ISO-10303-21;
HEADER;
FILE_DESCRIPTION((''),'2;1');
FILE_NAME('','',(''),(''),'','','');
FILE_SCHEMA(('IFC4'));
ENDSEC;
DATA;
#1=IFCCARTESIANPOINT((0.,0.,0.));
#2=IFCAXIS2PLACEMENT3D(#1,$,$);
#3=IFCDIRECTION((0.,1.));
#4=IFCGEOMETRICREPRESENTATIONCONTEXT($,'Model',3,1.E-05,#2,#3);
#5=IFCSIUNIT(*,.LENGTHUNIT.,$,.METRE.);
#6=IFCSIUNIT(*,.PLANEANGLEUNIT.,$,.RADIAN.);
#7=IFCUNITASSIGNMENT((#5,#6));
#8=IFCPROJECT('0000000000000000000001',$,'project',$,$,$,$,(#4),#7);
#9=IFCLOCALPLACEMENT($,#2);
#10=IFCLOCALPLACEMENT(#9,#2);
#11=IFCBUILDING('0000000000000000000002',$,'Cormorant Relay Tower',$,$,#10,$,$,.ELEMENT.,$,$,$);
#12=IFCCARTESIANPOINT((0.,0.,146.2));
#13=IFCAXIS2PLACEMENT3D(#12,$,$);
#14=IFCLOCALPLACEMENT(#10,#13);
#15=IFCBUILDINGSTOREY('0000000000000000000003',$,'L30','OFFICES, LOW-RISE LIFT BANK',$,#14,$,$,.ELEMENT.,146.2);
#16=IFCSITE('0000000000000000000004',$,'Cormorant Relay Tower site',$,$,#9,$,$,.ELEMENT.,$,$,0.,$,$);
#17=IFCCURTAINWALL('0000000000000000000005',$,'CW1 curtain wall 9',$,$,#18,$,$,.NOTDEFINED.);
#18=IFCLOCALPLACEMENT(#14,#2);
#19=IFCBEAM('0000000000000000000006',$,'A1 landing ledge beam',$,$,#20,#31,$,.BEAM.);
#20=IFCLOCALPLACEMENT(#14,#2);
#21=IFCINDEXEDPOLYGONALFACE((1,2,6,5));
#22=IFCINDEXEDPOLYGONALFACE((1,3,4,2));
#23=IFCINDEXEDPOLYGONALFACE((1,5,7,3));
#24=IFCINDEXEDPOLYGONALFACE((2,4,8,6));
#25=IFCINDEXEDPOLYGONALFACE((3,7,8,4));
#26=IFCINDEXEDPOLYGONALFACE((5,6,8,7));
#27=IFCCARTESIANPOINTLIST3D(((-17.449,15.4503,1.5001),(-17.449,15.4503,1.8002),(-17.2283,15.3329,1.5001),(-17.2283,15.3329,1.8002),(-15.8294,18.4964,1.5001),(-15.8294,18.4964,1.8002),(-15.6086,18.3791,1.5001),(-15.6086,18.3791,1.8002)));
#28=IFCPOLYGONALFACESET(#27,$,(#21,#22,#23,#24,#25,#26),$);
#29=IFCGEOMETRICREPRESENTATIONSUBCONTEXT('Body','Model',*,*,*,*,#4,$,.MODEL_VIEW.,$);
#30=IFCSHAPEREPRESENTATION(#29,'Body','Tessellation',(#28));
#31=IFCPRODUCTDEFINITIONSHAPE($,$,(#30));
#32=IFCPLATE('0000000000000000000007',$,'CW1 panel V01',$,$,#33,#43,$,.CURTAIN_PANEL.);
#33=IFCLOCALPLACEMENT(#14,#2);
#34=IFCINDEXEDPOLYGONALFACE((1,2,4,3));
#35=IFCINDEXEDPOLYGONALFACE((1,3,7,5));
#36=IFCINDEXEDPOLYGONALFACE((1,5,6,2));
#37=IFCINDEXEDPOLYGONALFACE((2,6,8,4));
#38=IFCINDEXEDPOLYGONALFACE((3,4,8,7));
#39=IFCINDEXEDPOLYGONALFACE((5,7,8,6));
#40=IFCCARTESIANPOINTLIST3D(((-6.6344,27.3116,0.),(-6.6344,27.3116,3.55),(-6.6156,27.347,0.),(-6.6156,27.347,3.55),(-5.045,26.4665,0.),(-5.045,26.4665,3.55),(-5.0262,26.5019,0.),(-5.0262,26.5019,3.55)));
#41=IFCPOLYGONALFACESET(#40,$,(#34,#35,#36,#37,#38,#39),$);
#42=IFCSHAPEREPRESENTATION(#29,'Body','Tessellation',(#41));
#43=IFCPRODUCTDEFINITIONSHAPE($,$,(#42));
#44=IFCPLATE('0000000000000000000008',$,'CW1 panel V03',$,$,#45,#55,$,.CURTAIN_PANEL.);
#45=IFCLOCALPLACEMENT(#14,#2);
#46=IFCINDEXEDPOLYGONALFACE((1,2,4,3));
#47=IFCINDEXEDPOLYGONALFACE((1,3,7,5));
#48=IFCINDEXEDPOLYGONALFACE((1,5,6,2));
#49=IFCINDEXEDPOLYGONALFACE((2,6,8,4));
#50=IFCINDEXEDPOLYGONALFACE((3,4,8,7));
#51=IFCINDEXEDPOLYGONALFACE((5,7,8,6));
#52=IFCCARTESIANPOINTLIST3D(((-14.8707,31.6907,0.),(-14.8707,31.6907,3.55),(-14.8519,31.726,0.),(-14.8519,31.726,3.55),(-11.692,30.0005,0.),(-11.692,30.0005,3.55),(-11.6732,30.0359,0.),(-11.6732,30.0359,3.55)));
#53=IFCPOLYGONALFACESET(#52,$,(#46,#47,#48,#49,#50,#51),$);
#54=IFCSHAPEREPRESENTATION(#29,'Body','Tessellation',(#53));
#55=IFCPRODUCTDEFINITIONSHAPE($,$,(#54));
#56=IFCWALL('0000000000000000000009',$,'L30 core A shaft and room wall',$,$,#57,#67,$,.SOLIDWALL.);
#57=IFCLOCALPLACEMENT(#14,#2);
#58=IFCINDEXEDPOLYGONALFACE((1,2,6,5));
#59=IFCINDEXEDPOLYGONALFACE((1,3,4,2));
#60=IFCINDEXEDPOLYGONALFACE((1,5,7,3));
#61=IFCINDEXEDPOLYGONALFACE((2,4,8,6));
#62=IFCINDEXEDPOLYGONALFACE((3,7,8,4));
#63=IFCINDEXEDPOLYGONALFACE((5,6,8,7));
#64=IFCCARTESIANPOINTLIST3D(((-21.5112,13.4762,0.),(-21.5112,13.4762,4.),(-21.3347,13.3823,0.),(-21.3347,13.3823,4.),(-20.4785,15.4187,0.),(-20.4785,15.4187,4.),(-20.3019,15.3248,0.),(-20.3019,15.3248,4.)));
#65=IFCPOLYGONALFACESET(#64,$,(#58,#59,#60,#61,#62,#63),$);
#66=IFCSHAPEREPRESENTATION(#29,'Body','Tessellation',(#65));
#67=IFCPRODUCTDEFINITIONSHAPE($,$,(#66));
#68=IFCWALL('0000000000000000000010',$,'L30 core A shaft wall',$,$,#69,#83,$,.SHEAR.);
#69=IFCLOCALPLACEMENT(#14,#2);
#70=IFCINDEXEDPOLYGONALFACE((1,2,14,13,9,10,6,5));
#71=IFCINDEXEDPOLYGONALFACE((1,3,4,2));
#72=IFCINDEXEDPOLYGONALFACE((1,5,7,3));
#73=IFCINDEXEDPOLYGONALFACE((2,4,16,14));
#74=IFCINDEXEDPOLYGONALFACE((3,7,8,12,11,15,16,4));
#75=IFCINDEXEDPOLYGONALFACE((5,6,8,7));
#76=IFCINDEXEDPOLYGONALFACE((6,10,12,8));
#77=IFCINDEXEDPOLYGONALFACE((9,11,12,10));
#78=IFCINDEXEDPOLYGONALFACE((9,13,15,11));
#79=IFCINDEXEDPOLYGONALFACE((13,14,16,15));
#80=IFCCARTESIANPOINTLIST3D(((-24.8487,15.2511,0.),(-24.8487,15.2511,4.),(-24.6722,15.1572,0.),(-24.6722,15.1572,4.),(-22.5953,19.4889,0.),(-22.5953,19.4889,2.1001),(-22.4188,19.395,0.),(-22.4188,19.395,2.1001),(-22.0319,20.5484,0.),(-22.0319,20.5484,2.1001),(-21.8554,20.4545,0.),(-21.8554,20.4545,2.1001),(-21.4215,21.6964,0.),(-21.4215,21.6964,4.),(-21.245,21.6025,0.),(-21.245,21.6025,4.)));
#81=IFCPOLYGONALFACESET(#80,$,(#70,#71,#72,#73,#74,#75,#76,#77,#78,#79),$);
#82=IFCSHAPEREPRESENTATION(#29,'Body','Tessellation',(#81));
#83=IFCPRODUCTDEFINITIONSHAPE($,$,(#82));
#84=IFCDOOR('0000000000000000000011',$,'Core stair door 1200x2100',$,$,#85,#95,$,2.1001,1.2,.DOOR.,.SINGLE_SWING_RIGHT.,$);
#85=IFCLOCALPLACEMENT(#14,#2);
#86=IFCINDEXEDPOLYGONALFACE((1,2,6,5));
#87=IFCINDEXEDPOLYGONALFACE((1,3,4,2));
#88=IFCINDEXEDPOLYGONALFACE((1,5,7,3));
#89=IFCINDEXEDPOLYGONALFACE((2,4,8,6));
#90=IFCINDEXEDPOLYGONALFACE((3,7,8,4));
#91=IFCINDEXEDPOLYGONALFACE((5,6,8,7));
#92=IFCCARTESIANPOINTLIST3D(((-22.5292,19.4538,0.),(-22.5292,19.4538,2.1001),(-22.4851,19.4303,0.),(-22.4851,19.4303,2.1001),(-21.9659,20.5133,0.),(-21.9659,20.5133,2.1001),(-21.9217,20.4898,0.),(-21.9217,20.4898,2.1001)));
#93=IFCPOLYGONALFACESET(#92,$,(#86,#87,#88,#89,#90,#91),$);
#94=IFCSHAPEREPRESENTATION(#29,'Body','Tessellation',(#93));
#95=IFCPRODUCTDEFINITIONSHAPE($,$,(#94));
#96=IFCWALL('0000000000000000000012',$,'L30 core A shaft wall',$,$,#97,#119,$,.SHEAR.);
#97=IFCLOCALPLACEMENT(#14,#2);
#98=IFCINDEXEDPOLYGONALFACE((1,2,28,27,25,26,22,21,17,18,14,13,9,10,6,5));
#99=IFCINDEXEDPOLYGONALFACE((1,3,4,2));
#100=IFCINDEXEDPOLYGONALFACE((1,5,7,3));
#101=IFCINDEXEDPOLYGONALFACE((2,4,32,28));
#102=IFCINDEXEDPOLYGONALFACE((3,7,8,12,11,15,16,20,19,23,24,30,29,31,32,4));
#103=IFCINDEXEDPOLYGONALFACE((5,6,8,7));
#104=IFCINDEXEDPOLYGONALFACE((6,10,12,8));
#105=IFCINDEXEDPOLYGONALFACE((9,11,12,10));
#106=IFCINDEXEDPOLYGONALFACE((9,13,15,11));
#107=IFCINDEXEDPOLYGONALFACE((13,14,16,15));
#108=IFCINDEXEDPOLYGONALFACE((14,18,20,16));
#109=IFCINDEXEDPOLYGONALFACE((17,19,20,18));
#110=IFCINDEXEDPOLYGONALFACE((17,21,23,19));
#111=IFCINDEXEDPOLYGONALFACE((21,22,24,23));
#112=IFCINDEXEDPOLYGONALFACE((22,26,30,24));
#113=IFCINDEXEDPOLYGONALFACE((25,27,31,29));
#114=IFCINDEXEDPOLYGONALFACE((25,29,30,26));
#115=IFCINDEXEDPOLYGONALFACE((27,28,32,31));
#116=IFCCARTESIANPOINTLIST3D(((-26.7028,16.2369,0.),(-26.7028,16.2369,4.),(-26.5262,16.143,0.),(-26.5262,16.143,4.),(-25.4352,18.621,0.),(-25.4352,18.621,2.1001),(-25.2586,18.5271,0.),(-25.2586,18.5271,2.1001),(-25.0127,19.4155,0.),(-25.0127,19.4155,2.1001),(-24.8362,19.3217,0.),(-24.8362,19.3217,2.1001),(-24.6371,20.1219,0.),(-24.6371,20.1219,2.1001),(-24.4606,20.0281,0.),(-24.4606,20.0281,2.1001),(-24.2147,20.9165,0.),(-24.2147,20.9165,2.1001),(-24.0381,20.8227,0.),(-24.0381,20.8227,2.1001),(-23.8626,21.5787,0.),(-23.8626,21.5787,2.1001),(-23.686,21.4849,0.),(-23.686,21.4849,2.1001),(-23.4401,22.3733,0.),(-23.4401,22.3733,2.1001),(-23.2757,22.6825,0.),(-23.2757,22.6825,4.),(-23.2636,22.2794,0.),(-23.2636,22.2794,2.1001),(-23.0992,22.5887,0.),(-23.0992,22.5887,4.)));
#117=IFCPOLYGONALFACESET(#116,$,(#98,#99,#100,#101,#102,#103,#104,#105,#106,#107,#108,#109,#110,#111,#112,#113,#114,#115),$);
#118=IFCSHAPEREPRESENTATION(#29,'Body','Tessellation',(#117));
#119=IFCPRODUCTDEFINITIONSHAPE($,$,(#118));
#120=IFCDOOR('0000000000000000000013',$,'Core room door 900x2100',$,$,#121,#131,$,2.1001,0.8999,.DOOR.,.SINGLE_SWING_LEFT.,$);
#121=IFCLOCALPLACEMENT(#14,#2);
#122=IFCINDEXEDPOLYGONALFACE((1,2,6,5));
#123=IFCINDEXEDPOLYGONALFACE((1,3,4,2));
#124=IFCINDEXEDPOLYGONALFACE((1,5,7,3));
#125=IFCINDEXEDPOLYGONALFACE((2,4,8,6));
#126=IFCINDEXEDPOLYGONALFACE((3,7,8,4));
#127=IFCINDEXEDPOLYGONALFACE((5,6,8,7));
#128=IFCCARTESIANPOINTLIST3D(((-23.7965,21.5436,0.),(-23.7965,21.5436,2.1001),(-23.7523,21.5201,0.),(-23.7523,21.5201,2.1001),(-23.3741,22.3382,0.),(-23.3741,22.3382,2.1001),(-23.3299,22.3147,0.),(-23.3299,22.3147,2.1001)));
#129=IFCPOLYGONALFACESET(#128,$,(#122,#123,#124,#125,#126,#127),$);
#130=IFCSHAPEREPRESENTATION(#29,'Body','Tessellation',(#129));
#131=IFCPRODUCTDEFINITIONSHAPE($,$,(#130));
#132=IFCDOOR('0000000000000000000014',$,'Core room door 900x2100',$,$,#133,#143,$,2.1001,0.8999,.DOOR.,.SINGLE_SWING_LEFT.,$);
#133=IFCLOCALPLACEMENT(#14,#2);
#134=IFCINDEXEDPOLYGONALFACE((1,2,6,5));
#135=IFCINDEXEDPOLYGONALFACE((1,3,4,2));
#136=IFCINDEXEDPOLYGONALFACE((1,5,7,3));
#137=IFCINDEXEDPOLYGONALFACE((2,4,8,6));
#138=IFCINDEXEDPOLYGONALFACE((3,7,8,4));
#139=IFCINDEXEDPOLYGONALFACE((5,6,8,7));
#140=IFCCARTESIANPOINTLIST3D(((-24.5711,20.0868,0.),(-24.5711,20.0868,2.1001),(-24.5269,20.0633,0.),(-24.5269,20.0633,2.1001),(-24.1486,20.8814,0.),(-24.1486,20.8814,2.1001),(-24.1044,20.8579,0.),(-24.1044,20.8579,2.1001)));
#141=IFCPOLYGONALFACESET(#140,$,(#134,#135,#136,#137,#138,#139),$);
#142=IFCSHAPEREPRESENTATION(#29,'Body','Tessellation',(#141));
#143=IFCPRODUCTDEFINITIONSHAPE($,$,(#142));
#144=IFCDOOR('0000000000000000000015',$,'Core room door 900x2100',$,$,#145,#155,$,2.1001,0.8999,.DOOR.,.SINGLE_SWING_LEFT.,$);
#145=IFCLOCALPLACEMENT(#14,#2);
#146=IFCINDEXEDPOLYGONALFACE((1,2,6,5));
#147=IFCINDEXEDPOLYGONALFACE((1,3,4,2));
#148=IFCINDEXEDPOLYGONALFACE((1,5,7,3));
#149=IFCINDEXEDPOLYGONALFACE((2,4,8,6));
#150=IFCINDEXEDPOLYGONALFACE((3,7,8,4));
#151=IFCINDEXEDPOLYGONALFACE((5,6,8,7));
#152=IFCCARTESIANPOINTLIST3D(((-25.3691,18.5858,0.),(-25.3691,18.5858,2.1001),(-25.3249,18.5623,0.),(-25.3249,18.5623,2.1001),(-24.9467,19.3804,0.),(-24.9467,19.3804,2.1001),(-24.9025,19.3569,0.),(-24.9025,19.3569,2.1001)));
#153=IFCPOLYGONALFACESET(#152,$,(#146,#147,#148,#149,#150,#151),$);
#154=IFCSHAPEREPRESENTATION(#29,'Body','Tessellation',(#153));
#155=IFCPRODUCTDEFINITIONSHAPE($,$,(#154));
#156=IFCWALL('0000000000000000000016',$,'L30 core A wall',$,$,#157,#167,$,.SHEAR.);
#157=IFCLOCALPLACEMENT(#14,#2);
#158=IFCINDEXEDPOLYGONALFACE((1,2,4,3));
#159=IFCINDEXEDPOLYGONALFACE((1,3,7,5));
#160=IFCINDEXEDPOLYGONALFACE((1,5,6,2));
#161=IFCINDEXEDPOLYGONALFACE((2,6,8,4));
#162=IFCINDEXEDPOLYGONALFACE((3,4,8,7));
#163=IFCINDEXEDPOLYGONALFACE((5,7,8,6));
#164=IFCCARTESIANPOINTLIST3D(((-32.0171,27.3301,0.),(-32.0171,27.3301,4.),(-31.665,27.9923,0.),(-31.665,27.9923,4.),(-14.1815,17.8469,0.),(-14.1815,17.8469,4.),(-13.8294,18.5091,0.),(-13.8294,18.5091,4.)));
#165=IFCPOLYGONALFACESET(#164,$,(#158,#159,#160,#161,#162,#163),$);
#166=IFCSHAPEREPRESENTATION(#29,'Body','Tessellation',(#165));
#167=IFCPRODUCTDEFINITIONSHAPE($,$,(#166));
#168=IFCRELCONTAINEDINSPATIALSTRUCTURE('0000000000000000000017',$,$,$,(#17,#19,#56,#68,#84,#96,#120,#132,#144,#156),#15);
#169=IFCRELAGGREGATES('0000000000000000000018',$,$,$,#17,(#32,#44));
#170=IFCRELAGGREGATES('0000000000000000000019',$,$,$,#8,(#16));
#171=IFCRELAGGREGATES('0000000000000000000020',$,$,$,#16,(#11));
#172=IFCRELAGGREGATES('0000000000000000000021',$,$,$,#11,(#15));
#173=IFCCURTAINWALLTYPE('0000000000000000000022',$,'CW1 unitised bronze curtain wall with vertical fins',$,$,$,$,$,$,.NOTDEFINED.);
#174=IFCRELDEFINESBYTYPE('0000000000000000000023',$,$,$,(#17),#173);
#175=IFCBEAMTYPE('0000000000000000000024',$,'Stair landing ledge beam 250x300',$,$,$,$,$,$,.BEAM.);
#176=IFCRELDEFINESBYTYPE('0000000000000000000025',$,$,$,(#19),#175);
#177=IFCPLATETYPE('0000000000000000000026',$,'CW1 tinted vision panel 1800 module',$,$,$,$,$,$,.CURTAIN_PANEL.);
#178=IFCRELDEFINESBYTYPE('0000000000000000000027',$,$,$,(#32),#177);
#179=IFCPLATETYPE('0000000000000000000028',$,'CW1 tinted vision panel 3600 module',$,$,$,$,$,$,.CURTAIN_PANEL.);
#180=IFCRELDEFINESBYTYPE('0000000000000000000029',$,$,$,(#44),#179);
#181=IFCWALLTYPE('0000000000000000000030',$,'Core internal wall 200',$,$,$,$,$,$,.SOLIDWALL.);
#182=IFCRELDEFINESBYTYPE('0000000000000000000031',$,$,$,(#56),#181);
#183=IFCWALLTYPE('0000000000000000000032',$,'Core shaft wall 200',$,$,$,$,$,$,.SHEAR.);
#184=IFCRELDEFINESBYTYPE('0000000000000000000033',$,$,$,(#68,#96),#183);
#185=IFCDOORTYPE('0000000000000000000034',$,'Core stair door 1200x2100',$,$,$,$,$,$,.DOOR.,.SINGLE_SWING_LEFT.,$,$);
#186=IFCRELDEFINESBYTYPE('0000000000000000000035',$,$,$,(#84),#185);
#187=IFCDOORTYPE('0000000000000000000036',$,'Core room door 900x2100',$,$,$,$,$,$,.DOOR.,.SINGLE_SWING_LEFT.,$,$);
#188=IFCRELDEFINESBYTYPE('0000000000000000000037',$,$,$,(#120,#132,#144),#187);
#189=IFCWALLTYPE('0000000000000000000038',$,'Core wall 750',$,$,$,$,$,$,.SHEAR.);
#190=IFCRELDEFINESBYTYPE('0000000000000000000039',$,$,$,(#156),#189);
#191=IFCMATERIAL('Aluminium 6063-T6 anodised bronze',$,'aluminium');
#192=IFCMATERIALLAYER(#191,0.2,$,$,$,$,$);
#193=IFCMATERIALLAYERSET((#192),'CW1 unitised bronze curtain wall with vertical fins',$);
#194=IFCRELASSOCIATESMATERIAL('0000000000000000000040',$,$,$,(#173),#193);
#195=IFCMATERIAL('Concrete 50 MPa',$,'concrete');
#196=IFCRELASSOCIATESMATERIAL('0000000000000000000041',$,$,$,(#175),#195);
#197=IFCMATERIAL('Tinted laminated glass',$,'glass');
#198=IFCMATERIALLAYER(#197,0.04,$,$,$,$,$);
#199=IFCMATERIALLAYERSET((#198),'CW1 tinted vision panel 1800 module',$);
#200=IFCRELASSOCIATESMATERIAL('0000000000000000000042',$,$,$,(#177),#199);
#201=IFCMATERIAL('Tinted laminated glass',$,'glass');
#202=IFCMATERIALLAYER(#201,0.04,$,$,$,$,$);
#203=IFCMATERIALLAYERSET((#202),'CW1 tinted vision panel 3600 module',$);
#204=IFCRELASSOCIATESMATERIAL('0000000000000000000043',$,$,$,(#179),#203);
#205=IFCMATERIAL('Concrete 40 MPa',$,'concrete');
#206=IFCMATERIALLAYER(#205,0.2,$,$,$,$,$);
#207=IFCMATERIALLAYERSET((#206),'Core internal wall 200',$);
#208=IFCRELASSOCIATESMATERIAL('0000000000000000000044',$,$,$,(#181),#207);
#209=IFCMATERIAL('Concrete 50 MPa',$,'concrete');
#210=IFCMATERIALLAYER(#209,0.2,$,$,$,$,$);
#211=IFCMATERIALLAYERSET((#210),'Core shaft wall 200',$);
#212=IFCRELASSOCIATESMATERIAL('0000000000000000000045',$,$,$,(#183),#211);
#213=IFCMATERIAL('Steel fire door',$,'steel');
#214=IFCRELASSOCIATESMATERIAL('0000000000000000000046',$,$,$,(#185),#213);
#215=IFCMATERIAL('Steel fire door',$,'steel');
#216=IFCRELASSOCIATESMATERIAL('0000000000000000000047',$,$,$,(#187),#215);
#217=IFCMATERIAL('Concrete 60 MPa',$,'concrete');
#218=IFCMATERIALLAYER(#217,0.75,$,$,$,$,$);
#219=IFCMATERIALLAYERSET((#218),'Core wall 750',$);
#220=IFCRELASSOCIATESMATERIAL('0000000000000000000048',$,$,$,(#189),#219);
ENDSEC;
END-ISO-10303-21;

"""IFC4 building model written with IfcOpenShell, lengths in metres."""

from ifc_helpers import new_model, si_unit, direction, frame, frame_2d, origin, origin_2d, place, context, subcontext, project, spatial, rectangle, extrude, material, layer, layer_set, material_profile, profile_set, type_object, element, fill, aggregate, save


model = new_model("IFC4")

# Units and contexts
model_context = context("Model", 3, precision=1e-05, world=origin(), true_north=direction((0.0, 1.0)))
body_context = subcontext(model_context, "Body", "Model", "MODEL_VIEW")
ifc_project = project(units=[si_unit("LENGTHUNIT", "METRE"), si_unit("PLANEANGLEUNIT", "RADIAN")], contexts=[model_context])

# Site, building, storey
site_placement = place(None, origin())
site = spatial("IfcSite", under=ifc_project, at=site_placement, Name="Cormorant Relay Tower site", CompositionType="ELEMENT", RefElevation=0.0)
building_placement = place(site_placement, origin())
building = spatial("IfcBuilding", under=site, at=building_placement, Name="Cormorant Relay Tower", CompositionType="ELEMENT")
storey_placement = place(building_placement, frame((0.0, 0.0, 146.2)))
storey = spatial("IfcBuildingStorey", under=building, at=storey_placement, Name="L30", Description="OFFICES, LOW-RISE LIFT BANK", CompositionType="ELEMENT", Elevation=146.2)

# Curtain wall
ifc_material_1 = material(Name="Aluminium 6063-T6 anodised bronze", Category="aluminium")
ifc_layer_1 = layer(ifc_material_1, 0.2)
ifc_layer_set_1 = layer_set([ifc_layer_1], Name="CW1 unitised bronze curtain wall with vertical fins")
curtain_wall_type = type_object("IfcCurtainWallType", Name="CW1 unitised bronze curtain wall with vertical fins", PredefinedType="NOTDEFINED", material=ifc_layer_set_1)
curtain_wall_placement = place(storey_placement, origin())
curtain_wall = element("IfcCurtainWall", 1, at=curtain_wall_placement, inside=storey, type_object=curtain_wall_type, Name="CW1 curtain wall 9", PredefinedType="NOTDEFINED")

# Beam
ifc_material_2 = material(Name="Concrete 50 MPa", Category="concrete")
ifc_material_profile_1 = material_profile(ifc_material_2, rectangle(XDim=0.25, YDim=0.3, at=origin_2d()), Name="RC 250x300")
ifc_profile_set_1 = profile_set([ifc_material_profile_1], Name="Concrete 50 MPa")
beam_type_1 = type_object("IfcBeamType", Name="Stair landing ledge beam 250x300", PredefinedType="BEAM", material=ifc_profile_set_1)
beam_1_placement = place(storey_placement, frame((-17.3386, 15.3916, 1.6501), z_axis=(0.469464, 0.882952, 0.0), x_axis=(-0.882952, 0.469464, 0.0)))
element("IfcBeam", 2, at=beam_1_placement, inside=storey, type_object=beam_type_1, Name="A1 landing ledge beam", PredefinedType="BEAM", context=body_context, shape_type="SweptSolid", body=[
    extrude(rectangle(XDim=0.25, YDim=0.3, at=origin_2d()), origin(), (0.0, 0.0, 1.0), 3.45),
])

# Plates
ifc_material_3 = material(Name="Tinted laminated glass", Category="glass")
ifc_layer_2 = layer(ifc_material_3, 0.04)
ifc_layer_set_2 = layer_set([ifc_layer_2], Name="CW1 tinted vision panel 1800 module")
plate_type_1 = type_object("IfcPlateType", Name="CW1 tinted vision panel 1800 module", PredefinedType="CURTAIN_PANEL", material=ifc_layer_set_2)
plate_1_placement = place(storey_placement, frame((-5.8303, 26.9067, 0.0), z_axis=(0.0, 0.0, 1.0), x_axis=(-0.882948, 0.469472, 0.0)))
plate_1 = element("IfcPlate", 3, at=plate_1_placement, type_object=plate_type_1, Name="CW1 panel V01", PredefinedType="CURTAIN_PANEL", context=body_context, shape_type="SweptSolid", body=[
    extrude(rectangle(XDim=1.8, YDim=0.04, at=origin_2d()), origin(), (0.0, 0.0, 1.0), 3.55),
])
ifc_material_4 = material(Name="Tinted laminated glass", Category="glass")
ifc_layer_3 = layer(ifc_material_4, 0.04)
ifc_layer_set_3 = layer_set([ifc_layer_3], Name="CW1 tinted vision panel 3600 module")
plate_type_2 = type_object("IfcPlateType", Name="CW1 tinted vision panel 3600 module", PredefinedType="CURTAIN_PANEL", material=ifc_layer_set_3)
plate_2_placement = place(storey_placement, frame((-13.272, 30.8633, 0.0), z_axis=(0.0, 0.0, 1.0), x_axis=(-0.882948, 0.469472, 0.0)))
plate_2 = element("IfcPlate", 4, at=plate_2_placement, type_object=plate_type_2, Name="CW1 panel V03", PredefinedType="CURTAIN_PANEL", context=body_context, shape_type="SweptSolid", body=[
    extrude(rectangle(XDim=3.6001, YDim=0.04, at=origin_2d()), origin(), (0.0, 0.0, 1.0), 3.55),
])

# Wall
ifc_material_5 = material(Name="Concrete 40 MPa", Category="concrete")
ifc_layer_4 = layer(ifc_material_5, 0.2)
ifc_layer_set_4 = layer_set([ifc_layer_4], Name="Core internal wall 200")
wall_type_1 = type_object("IfcWallType", Name="Core internal wall 200", PredefinedType="SOLIDWALL", material=ifc_layer_set_4)
wall_1_placement = place(storey_placement, frame((-20.3901, 15.3718, 0.0), z_axis=(0.0, 0.0, 1.0), x_axis=(-0.469447, -0.88296, 0.0)))
element("IfcWall", 5, at=wall_1_placement, inside=storey, type_object=wall_type_1, Name="L30 core A shaft and room wall", PredefinedType="SOLIDWALL", context=body_context, shape_type="SweptSolid", body=[
    extrude(rectangle(XDim=2.2, YDim=0.2, at=frame_2d((1.1001, 0.0))), origin(), (0.0, 0.0, 1.0), 4.0),
])

# Wall, opening, door
ifc_material_6 = material(Name="Concrete 50 MPa", Category="concrete")
ifc_layer_5 = layer(ifc_material_6, 0.2)
ifc_layer_set_5 = layer_set([ifc_layer_5], Name="Core shaft wall 200")
wall_type_2 = type_object("IfcWallType", Name="Core shaft wall 200", PredefinedType="SHEAR", material=ifc_layer_set_5)
wall_2_placement = place(storey_placement, frame((-21.3333, 21.6494, 0.0), z_axis=(0.0, 0.0, 1.0), x_axis=(-0.469494, -0.882936, 0.0)))
wall_2 = element("IfcWall", 6, at=wall_2_placement, inside=storey, type_object=wall_type_2, Name="L30 core A shaft wall", PredefinedType="SHEAR", context=body_context, shape_type="SweptSolid", body=[
    extrude(rectangle(XDim=7.2998, YDim=0.2, at=frame_2d((3.6499, 0.0))), origin(), (0.0, 0.0, 1.0), 4.0),
])
opening_1_placement = place(wall_2_placement, frame((1.3, 0.0, 0.0)))
opening_1 = element("IfcOpeningElement", 7, at=opening_1_placement, cuts=wall_2, PredefinedType="OPENING", context=body_context, shape_type="SweptSolid", body=[
    extrude(rectangle(XDim=1.2, YDim=2.1001, at=frame_2d((0.6001, 1.05))), frame((0.0, 0.1099, 0.0), z_axis=(0.0, -1.0, 0.0), x_axis=(1.0, 0.0, 0.0)), (0.0, 0.0, 1.0), 0.22),
])
ifc_material_7 = material(Name="Steel fire door", Category="steel")
door_type_1 = type_object("IfcDoorType", Name="Core stair door 1200x2100", OperationType="SINGLE_SWING_LEFT", PredefinedType="DOOR", material=ifc_material_7)
door_1_placement = place(opening_1_placement, origin())
door_1 = element("IfcDoor", 8, at=door_1_placement, inside=storey, type_object=door_type_1, Name="Core stair door 1200x2100", OperationType="SINGLE_SWING_RIGHT", OverallHeight=2.1001, OverallWidth=1.2, PredefinedType="DOOR", context=body_context, shape_type="SweptSolid", body=[
    extrude(rectangle(XDim=1.2, YDim=2.1001, at=frame_2d((0.6001, 1.05))), frame((0.0, 0.0249, 0.0), z_axis=(0.0, -1.0, 0.0), x_axis=(1.0, 0.0, 0.0)), (0.0, 0.0, 1.0), 0.05),
])
fill(opening_1, door_1)

# Wall, openings, doors
wall_3_placement = place(storey_placement, frame((-23.1875, 22.6355, 0.0), z_axis=(0.0, 0.0, 1.0), x_axis=(-0.469454, -0.882957, 0.0)))
wall_3 = element("IfcWall", 9, at=wall_3_placement, inside=storey, type_object=wall_type_2, Name="L30 core A shaft wall", PredefinedType="SHEAR", context=body_context, shape_type="SweptSolid", body=[
    extrude(rectangle(XDim=7.3, YDim=0.2, at=frame_2d((3.6499, 0.0))), origin(), (0.0, 0.0, 1.0), 4.0),
])
opening_2_placement = place(wall_3_placement, frame((0.3501, 0.0, 0.0)))
opening_2 = element("IfcOpeningElement", 10, at=opening_2_placement, cuts=wall_3, PredefinedType="OPENING", context=body_context, shape_type="SweptSolid", body=[
    extrude(rectangle(XDim=0.8999, YDim=2.1001, at=frame_2d((0.45, 1.05))), frame((0.0, 0.1099, 0.0), z_axis=(0.0, -1.0, 0.0), x_axis=(1.0, 0.0, 0.0)), (0.0, 0.0, 1.0), 0.22),
])
opening_3_placement = place(wall_3_placement, frame((2.0, 0.0, 0.0)))
opening_3 = element("IfcOpeningElement", 11, at=opening_3_placement, cuts=wall_3, PredefinedType="OPENING", context=body_context, shape_type="SweptSolid", body=[
    extrude(rectangle(XDim=0.8999, YDim=2.1001, at=frame_2d((0.45, 1.05))), frame((0.0, 0.1099, 0.0), z_axis=(0.0, -1.0, 0.0), x_axis=(1.0, 0.0, 0.0)), (0.0, 0.0, 1.0), 0.22),
])
opening_4_placement = place(wall_3_placement, frame((3.7, 0.0, 0.0)))
opening_4 = element("IfcOpeningElement", 12, at=opening_4_placement, cuts=wall_3, PredefinedType="OPENING", context=body_context, shape_type="SweptSolid", body=[
    extrude(rectangle(XDim=0.8999, YDim=2.1001, at=frame_2d((0.45, 1.05))), frame((0.0, 0.1099, 0.0), z_axis=(0.0, -1.0, 0.0), x_axis=(1.0, 0.0, 0.0)), (0.0, 0.0, 1.0), 0.22),
])
ifc_material_8 = material(Name="Steel fire door", Category="steel")
door_type_2 = type_object("IfcDoorType", Name="Core room door 900x2100", OperationType="SINGLE_SWING_LEFT", PredefinedType="DOOR", material=ifc_material_8)
door_2_placement = place(opening_2_placement, origin())
door_2 = element("IfcDoor", 13, at=door_2_placement, inside=storey, type_object=door_type_2, Name="Core room door 900x2100", OperationType="SINGLE_SWING_LEFT", OverallHeight=2.1001, OverallWidth=0.8999, PredefinedType="DOOR", context=body_context, shape_type="SweptSolid", body=[
    extrude(rectangle(XDim=0.8999, YDim=2.1001, at=frame_2d((0.45, 1.05))), frame((0.0, 0.0249, 0.0), z_axis=(0.0, -1.0, 0.0), x_axis=(1.0, 0.0, 0.0)), (0.0, 0.0, 1.0), 0.05),
])
fill(opening_2, door_2)
door_3_placement = place(opening_3_placement, origin())
door_3 = element("IfcDoor", 14, at=door_3_placement, inside=storey, type_object=door_type_2, Name="Core room door 900x2100", OperationType="SINGLE_SWING_LEFT", OverallHeight=2.1001, OverallWidth=0.8999, PredefinedType="DOOR", context=body_context, shape_type="SweptSolid", body=[
    extrude(rectangle(XDim=0.8999, YDim=2.1001, at=frame_2d((0.45, 1.05))), frame((0.0, 0.0249, 0.0), z_axis=(0.0, -1.0, 0.0), x_axis=(1.0, 0.0, 0.0)), (0.0, 0.0, 1.0), 0.05),
])
fill(opening_3, door_3)
door_4_placement = place(opening_4_placement, origin())
door_4 = element("IfcDoor", 15, at=door_4_placement, inside=storey, type_object=door_type_2, Name="Core room door 900x2100", OperationType="SINGLE_SWING_LEFT", OverallHeight=2.1001, OverallWidth=0.8999, PredefinedType="DOOR", context=body_context, shape_type="SweptSolid", body=[
    extrude(rectangle(XDim=0.8999, YDim=2.1001, at=frame_2d((0.45, 1.05))), frame((0.0, 0.0249, 0.0), z_axis=(0.0, -1.0, 0.0), x_axis=(1.0, 0.0, 0.0)), (0.0, 0.0, 1.0), 0.05),
])
fill(opening_4, door_4)

# Shared definitions
ifc_material_9 = material(Name="Concrete 60 MPa", Category="concrete")
ifc_layer_6 = layer(ifc_material_9, 0.75)
ifc_layer_set_6 = layer_set([ifc_layer_6], Name="Core wall 750")
wall_type_3 = type_object("IfcWallType", Name="Core wall 750", PredefinedType="SHEAR", material=ifc_layer_set_6)

# Wall
wall_4_placement = place(storey_placement, frame((-14.0054, 18.178, 0.0), z_axis=(0.0, 0.0, 1.0), x_axis=(-0.88295, 0.469467, 0.0)))
element("IfcWall", 16, at=wall_4_placement, inside=storey, type_object=wall_type_3, Name="L30 core A wall", PredefinedType="SHEAR", context=body_context, shape_type="SweptSolid", body=[
    extrude(rectangle(XDim=20.2, YDim=0.75, at=frame_2d((10.1001, 0.0))), origin(), (0.0, 0.0, 1.0), 4.0),
])

aggregate(curtain_wall, [plate_1, plate_2])

save(model, "model.ifc")
